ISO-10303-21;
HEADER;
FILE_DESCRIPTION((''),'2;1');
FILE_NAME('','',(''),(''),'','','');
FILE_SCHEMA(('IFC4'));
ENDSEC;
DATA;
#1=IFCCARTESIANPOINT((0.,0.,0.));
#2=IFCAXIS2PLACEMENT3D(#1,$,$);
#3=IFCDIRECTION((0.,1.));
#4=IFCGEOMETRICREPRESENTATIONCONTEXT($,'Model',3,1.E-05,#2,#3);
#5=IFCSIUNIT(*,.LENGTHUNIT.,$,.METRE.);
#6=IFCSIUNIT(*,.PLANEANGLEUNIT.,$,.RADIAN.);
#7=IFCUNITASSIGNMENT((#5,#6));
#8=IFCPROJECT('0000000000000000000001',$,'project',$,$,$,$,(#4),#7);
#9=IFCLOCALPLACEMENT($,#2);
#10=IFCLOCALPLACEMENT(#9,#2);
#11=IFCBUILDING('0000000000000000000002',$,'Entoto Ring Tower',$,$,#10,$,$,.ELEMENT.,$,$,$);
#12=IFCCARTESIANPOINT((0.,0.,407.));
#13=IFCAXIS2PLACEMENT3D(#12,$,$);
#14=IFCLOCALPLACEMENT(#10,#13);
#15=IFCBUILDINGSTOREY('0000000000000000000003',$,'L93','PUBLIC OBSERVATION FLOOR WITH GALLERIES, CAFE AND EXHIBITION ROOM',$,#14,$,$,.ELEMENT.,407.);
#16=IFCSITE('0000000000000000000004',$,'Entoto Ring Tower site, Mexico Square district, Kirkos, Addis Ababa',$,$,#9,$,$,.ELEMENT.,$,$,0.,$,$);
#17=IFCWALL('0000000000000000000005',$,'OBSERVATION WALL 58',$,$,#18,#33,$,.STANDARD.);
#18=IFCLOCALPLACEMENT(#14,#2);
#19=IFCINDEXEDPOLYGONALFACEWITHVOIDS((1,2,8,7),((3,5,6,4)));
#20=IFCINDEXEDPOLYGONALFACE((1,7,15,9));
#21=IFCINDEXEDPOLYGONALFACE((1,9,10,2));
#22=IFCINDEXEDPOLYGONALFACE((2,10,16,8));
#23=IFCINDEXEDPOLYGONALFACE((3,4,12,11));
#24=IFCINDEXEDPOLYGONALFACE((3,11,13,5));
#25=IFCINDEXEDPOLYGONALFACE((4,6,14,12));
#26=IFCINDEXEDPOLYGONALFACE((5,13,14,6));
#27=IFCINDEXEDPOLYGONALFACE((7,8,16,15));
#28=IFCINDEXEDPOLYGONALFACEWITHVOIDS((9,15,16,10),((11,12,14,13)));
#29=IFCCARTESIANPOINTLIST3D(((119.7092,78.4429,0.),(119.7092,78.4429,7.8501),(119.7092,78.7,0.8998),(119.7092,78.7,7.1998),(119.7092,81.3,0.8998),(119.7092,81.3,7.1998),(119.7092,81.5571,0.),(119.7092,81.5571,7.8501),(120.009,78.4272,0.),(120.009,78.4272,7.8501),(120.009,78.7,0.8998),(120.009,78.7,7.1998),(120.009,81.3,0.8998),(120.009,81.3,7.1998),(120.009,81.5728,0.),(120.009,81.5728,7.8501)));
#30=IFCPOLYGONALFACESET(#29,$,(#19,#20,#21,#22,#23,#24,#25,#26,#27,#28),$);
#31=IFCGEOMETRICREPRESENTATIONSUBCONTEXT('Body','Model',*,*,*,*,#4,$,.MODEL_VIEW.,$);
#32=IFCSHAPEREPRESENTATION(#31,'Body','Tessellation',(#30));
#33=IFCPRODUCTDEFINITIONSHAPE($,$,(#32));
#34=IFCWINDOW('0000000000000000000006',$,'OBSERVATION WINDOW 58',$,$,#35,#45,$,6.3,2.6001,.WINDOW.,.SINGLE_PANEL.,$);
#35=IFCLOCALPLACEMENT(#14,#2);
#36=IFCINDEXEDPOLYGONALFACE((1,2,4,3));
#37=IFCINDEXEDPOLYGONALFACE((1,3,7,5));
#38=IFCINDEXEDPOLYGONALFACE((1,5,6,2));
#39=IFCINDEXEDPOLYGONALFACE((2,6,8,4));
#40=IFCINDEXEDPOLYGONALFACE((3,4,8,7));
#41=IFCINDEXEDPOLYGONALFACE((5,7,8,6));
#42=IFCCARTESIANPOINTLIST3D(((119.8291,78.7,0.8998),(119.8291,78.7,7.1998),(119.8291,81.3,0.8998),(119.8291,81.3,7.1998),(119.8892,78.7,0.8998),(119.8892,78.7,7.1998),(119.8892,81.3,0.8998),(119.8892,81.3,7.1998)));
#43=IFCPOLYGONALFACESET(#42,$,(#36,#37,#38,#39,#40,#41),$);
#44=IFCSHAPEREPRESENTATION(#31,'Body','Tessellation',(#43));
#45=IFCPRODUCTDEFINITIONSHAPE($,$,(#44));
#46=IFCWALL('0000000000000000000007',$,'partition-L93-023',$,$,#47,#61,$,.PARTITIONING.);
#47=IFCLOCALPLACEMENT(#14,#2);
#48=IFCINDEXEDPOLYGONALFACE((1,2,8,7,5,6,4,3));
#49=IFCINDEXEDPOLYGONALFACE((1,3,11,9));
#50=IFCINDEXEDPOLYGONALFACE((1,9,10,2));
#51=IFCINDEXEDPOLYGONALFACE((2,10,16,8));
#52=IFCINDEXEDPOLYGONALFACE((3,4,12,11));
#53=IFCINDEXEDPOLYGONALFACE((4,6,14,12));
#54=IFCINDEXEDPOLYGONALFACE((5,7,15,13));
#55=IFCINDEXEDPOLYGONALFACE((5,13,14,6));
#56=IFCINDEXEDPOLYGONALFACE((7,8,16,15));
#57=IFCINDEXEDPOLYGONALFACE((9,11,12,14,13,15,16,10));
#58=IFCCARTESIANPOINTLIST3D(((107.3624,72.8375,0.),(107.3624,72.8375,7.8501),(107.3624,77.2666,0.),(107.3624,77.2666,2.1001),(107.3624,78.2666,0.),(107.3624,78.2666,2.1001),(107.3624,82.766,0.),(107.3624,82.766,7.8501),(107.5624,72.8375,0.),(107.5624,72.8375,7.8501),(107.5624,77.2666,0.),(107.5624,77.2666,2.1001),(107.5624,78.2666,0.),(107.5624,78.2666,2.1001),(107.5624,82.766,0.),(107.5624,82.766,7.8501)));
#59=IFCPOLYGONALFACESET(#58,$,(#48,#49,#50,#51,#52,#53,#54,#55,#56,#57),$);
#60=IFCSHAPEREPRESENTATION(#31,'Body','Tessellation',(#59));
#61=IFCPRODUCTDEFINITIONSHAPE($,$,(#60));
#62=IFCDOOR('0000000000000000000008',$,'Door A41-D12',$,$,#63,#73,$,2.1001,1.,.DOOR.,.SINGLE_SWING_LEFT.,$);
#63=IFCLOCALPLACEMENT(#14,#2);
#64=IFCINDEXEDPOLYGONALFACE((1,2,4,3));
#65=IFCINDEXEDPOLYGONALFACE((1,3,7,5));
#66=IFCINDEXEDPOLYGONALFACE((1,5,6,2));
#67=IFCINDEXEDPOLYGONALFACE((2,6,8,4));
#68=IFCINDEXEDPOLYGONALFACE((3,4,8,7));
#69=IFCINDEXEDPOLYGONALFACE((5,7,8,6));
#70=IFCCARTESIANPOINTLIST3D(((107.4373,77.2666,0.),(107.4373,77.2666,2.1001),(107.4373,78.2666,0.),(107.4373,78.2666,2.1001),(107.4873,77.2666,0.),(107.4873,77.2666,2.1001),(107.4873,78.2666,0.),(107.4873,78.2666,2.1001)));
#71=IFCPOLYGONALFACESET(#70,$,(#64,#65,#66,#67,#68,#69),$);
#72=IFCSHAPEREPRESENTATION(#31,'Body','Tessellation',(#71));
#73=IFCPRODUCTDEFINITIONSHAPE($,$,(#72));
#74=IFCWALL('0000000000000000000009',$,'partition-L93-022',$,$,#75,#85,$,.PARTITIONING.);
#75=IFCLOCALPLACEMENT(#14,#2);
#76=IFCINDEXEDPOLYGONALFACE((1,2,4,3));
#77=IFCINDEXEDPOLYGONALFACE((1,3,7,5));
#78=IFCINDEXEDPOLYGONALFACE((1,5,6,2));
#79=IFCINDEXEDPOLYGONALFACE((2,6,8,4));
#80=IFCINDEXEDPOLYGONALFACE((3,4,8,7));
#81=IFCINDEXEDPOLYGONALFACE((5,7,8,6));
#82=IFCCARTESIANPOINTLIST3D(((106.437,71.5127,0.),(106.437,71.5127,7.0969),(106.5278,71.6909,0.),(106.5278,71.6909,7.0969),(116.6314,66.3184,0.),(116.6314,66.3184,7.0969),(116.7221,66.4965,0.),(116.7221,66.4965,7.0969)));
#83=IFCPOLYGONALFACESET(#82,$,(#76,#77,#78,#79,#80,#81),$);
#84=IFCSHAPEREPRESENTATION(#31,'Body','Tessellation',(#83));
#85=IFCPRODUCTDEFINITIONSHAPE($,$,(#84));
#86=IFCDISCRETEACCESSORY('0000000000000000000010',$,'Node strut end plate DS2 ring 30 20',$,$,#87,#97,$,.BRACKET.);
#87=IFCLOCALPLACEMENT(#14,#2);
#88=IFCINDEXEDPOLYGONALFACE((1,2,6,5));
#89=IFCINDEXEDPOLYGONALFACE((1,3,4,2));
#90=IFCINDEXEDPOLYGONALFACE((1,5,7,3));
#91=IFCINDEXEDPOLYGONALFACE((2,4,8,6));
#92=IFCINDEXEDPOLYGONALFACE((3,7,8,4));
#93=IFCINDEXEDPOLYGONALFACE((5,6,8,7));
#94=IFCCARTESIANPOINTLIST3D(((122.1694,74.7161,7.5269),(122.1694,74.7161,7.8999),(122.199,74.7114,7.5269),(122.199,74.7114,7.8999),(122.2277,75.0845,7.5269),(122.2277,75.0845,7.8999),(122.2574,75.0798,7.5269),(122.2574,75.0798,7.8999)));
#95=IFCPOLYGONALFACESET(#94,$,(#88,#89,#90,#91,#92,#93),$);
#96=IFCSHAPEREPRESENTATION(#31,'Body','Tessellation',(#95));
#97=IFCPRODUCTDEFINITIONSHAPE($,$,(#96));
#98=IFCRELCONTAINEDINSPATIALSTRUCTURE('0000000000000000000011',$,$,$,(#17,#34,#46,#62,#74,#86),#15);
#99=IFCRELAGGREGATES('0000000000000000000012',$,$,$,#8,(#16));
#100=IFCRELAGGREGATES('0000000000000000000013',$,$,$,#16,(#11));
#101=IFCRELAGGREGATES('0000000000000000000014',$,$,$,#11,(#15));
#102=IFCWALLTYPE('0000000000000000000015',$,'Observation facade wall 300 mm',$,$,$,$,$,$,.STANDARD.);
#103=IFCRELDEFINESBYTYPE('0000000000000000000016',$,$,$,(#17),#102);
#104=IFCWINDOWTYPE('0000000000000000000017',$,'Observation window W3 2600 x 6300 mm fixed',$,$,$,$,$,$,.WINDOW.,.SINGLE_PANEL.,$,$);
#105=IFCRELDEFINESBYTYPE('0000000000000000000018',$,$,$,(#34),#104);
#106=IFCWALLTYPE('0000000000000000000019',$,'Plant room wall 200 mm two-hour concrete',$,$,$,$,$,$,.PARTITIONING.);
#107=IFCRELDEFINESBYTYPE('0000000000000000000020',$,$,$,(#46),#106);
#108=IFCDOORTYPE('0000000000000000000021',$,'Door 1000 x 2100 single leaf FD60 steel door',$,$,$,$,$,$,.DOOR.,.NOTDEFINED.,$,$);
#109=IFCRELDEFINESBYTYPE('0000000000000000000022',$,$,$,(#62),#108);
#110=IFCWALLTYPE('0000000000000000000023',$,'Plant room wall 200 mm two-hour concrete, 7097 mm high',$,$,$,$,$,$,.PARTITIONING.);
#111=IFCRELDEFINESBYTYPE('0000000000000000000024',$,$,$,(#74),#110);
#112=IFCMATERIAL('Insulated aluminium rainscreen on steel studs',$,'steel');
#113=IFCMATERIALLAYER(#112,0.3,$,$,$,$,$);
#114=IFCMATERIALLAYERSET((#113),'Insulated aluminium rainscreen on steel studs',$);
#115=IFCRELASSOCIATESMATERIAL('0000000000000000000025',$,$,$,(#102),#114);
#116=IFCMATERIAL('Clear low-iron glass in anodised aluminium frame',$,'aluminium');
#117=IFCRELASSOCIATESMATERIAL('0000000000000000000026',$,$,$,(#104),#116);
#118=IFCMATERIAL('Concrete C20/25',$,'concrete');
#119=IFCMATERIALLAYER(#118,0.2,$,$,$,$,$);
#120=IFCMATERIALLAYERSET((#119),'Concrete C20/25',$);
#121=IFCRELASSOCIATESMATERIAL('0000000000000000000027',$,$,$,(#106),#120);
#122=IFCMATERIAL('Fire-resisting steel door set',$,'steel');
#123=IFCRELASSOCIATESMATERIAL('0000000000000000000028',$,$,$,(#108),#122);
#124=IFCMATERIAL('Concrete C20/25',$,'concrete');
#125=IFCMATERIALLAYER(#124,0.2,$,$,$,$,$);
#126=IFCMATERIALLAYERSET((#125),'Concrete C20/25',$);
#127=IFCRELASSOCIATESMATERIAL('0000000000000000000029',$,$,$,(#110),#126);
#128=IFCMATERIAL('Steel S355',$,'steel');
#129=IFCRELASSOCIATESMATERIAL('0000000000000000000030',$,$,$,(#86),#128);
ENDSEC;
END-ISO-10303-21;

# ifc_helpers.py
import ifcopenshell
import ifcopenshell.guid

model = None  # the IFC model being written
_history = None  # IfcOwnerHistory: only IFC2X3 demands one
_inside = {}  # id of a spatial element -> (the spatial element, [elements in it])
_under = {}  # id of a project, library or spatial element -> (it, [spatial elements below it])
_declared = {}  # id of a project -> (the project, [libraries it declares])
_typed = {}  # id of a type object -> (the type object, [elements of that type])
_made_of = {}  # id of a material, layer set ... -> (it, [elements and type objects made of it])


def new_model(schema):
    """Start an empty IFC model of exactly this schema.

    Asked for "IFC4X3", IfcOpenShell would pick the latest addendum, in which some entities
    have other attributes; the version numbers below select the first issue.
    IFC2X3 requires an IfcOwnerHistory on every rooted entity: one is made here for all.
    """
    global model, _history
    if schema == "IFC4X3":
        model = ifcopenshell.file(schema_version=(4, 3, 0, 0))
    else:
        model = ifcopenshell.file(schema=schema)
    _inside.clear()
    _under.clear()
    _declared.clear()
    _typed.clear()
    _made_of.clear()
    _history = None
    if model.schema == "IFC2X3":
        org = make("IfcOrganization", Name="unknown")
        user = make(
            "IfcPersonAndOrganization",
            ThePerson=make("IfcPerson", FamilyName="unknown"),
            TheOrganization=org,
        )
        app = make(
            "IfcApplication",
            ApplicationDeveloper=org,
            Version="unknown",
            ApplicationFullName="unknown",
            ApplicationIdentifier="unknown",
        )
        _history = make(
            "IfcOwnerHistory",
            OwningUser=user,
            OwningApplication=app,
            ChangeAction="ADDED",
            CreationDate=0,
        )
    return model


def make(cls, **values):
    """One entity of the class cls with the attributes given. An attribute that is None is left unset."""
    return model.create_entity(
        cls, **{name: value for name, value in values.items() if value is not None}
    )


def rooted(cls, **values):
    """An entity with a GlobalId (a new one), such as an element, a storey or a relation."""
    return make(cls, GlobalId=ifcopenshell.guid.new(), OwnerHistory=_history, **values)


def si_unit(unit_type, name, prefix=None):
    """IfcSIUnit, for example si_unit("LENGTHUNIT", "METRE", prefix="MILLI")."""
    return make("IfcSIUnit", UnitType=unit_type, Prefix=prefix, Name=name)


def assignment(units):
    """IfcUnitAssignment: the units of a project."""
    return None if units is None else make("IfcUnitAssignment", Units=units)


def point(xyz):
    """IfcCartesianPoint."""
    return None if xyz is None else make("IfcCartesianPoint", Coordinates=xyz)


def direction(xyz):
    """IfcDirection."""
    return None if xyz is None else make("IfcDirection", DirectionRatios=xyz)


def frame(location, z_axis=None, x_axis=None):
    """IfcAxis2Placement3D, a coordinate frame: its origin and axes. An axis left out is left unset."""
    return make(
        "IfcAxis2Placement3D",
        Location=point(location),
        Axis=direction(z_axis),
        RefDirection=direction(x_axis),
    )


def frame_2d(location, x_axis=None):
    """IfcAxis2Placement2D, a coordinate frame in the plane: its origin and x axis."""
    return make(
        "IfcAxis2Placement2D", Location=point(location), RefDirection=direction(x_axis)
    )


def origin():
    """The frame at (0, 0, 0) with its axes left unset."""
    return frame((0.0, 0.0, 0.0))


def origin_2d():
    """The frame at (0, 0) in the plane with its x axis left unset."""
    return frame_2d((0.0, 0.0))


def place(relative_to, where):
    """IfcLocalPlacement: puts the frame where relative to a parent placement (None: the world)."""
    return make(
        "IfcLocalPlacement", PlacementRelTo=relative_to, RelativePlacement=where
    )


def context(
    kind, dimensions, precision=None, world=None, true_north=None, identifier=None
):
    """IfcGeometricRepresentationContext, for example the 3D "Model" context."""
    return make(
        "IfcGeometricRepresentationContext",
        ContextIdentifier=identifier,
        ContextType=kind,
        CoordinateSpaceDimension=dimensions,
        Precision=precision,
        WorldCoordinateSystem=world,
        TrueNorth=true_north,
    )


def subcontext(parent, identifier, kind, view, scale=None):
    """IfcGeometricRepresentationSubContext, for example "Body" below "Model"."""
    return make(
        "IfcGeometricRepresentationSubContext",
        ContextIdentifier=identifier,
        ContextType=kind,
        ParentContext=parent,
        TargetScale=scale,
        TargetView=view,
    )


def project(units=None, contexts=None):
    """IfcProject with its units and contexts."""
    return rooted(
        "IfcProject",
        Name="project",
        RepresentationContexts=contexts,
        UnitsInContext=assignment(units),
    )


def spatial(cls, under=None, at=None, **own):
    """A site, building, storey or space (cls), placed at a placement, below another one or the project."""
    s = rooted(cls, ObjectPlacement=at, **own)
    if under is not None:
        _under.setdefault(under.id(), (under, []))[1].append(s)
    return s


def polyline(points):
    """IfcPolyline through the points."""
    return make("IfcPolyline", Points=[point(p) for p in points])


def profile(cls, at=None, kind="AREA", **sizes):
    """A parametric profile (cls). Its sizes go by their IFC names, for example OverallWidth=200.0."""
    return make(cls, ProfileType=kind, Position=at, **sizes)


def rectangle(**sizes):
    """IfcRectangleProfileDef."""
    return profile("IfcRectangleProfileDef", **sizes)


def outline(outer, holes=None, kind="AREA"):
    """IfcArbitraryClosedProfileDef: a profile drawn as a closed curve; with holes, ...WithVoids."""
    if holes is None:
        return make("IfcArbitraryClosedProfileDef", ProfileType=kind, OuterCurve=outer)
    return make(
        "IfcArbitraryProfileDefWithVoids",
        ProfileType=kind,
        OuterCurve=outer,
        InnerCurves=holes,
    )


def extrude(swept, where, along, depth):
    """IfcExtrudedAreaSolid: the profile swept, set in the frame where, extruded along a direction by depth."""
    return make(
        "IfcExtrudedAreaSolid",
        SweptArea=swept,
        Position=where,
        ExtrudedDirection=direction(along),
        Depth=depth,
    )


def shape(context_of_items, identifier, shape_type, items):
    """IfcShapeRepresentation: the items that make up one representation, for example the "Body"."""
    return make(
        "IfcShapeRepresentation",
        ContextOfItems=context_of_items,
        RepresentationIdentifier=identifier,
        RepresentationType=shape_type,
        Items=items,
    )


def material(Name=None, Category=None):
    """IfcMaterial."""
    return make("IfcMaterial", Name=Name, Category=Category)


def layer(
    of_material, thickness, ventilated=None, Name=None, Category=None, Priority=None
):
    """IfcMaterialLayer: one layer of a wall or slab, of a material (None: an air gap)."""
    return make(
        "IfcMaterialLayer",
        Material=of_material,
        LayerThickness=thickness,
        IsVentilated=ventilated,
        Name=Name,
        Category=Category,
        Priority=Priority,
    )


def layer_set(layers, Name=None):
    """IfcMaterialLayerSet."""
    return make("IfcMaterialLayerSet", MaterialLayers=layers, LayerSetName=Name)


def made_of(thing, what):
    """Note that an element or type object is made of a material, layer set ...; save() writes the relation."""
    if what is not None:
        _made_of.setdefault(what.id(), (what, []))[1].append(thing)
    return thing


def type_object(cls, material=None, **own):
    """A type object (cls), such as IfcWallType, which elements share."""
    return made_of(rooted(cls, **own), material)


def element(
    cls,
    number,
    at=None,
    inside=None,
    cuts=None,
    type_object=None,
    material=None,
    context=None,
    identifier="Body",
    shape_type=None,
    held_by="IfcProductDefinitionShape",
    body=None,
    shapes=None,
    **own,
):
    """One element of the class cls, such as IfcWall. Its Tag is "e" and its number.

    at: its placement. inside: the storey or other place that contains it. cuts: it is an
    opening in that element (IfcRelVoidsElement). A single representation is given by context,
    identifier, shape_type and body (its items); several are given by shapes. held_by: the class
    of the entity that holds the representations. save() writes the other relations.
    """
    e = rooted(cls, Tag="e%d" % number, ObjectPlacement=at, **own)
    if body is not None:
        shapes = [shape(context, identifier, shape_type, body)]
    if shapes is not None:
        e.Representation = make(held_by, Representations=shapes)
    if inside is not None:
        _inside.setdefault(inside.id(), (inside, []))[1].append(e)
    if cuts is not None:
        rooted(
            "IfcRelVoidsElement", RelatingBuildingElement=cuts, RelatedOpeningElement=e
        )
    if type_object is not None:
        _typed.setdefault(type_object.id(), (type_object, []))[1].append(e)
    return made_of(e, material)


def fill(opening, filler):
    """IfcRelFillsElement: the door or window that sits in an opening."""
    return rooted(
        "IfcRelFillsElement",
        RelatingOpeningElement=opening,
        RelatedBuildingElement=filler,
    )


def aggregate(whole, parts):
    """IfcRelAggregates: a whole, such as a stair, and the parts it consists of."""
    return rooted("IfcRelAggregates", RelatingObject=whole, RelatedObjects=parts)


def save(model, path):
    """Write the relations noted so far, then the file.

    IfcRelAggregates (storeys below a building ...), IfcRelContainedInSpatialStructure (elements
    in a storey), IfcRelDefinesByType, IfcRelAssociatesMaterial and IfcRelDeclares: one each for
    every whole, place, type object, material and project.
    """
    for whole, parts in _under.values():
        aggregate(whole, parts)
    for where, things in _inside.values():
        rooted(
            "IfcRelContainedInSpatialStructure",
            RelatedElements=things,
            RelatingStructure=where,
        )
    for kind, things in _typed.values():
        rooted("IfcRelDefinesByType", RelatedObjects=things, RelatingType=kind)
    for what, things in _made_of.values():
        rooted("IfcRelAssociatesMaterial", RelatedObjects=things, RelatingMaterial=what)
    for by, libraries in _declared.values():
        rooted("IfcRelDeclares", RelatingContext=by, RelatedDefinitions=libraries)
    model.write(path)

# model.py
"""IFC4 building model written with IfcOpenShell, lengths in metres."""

from ifc_helpers import new_model, si_unit, direction, frame, frame_2d, origin, origin_2d, place, context, subcontext, project, spatial, polyline, rectangle, outline, extrude, material, layer, layer_set, type_object, element, fill, save


model = new_model("IFC4")

# Units and contexts
model_context = context("Model", 3, precision=1e-05, world=origin(), true_north=direction((0.0, 1.0)))
body_context = subcontext(model_context, "Body", "Model", "MODEL_VIEW")
ifc_project = project(units=[si_unit("LENGTHUNIT", "METRE"), si_unit("PLANEANGLEUNIT", "RADIAN")], contexts=[model_context])

# Site, building, storey
site_placement = place(None, origin())
site = spatial("IfcSite", under=ifc_project, at=site_placement, Name="Entoto Ring Tower site, Mexico Square district, Kirkos, Addis Ababa", CompositionType="ELEMENT", RefElevation=0.0)
building_placement = place(site_placement, origin())
building = spatial("IfcBuilding", under=site, at=building_placement, Name="Entoto Ring Tower", CompositionType="ELEMENT")
storey_placement = place(building_placement, frame((0.0, 0.0, 407.0)))
storey = spatial("IfcBuildingStorey", under=building, at=storey_placement, Name="L93", Description="PUBLIC OBSERVATION FLOOR WITH GALLERIES, CAFE AND EXHIBITION ROOM", CompositionType="ELEMENT", Elevation=407.0)

# Wall, opening, window
ifc_material_1 = material(Name="Insulated aluminium rainscreen on steel studs", Category="steel")
ifc_layer_1 = layer(ifc_material_1, 0.3)
ifc_layer_set_1 = layer_set([ifc_layer_1], Name="Insulated aluminium rainscreen on steel studs")
wall_type_1 = type_object("IfcWallType", Name="Observation facade wall 300 mm", PredefinedType="STANDARD", material=ifc_layer_set_1)
wall_1_placement = place(storey_placement, frame((119.8591, 78.4351, 0.0), z_axis=(0.0, 0.0, 1.0), x_axis=(0.0, 1.0, 0.0)))
wall_1 = element("IfcWall", 1, at=wall_1_placement, inside=storey, type_object=wall_type_1, Name="OBSERVATION WALL 58", PredefinedType="STANDARD", context=body_context, shape_type="SweptSolid", body=[
    extrude(outline(polyline([(-0.0078, -0.1499), (3.1377, -0.1499), (3.1221, 0.1499), (0.0078, 0.1499), (-0.0078, -0.1499)])), origin(), (0.0, 0.0, 1.0), 7.8501),
])
opening_1_placement = place(wall_1_placement, frame((0.2649, 0.0, 0.8999)))
opening_1 = element("IfcOpeningElement", 2, at=opening_1_placement, cuts=wall_1, PredefinedType="OPENING", context=body_context, shape_type="SweptSolid", body=[
    extrude(rectangle(XDim=2.6001, YDim=6.3, at=frame_2d((1.3, 3.1499))), frame((0.0, 0.1602, 0.0), z_axis=(0.0, -1.0, 0.0), x_axis=(1.0, 0.0, 0.0)), (0.0, 0.0, 1.0), 0.3201),
])
ifc_material_2 = material(Name="Clear low-iron glass in anodised aluminium frame", Category="aluminium")
window_type_1 = type_object("IfcWindowType", Name="Observation window W3 2600 x 6300 mm fixed", PartitioningType="SINGLE_PANEL", PredefinedType="WINDOW", material=ifc_material_2)
window_1_placement = place(opening_1_placement, origin())
window_1 = element("IfcWindow", 3, at=window_1_placement, inside=storey, type_object=window_type_1, Name="OBSERVATION WINDOW 58", OverallHeight=6.3, OverallWidth=2.6001, PartitioningType="SINGLE_PANEL", PredefinedType="WINDOW", context=body_context, shape_type="SweptSolid", body=[
    extrude(rectangle(XDim=2.6001, YDim=6.3, at=frame_2d((1.3, 3.1499))), frame((0.0, 0.03, 0.0), z_axis=(0.0, -1.0, 0.0), x_axis=(1.0, 0.0, 0.0)), (0.0, 0.0, 1.0), 0.0601),
])
fill(opening_1, window_1)

# Wall, opening, door
ifc_material_3 = material(Name="Concrete C20/25", Category="concrete")
ifc_layer_2 = layer(ifc_material_3, 0.2)
ifc_layer_set_2 = layer_set([ifc_layer_2], Name="Concrete C20/25")
wall_type_2 = type_object("IfcWallType", Name="Plant room wall 200 mm two-hour concrete", PredefinedType="PARTITIONING", material=ifc_layer_set_2)
wall_2_placement = place(storey_placement, frame((107.4624, 72.8374, 0.0), z_axis=(0.0, 0.0, 1.0), x_axis=(0.0, 1.0, 0.0)))
wall_2 = element("IfcWall", 4, at=wall_2_placement, inside=storey, type_object=wall_type_2, Name="partition-L93-023", PredefinedType="PARTITIONING", context=body_context, shape_type="SweptSolid", body=[
    extrude(rectangle(XDim=9.9285, YDim=0.2, at=frame_2d((4.9644, 0.0))), origin(), (0.0, 0.0, 1.0), 7.8501),
])
opening_2_placement = place(wall_2_placement, frame((4.4292, 0.0, 0.0)))
opening_2 = element("IfcOpeningElement", 5, at=opening_2_placement, cuts=wall_2, PredefinedType="OPENING", context=body_context, shape_type="SweptSolid", body=[
    extrude(rectangle(XDim=1.0, YDim=2.1001, at=frame_2d((0.5, 1.05))), frame((0.0, 0.1099, 0.0), z_axis=(0.0, -1.0, 0.0), x_axis=(1.0, 0.0, 0.0)), (0.0, 0.0, 1.0), 0.22),
])
ifc_material_4 = material(Name="Fire-resisting steel door set", Category="steel")
door_type_1 = type_object("IfcDoorType", Name="Door 1000 x 2100 single leaf FD60 steel door", OperationType="NOTDEFINED", PredefinedType="DOOR", material=ifc_material_4)
door_1_placement = place(opening_2_placement, frame((1.0, 0.0, 0.0), z_axis=(0.0, 0.0, 1.0), x_axis=(-1.0, 0.0, 0.0)))
door_1 = element("IfcDoor", 6, at=door_1_placement, inside=storey, type_object=door_type_1, Name="Door A41-D12", OperationType="SINGLE_SWING_LEFT", OverallHeight=2.1001, OverallWidth=1.0, PredefinedType="DOOR", context=body_context, shape_type="SweptSolid", body=[
    extrude(rectangle(XDim=1.0, YDim=2.1001, at=frame_2d((0.5, 1.05))), frame((0.0, 0.0249, 0.0), z_axis=(0.0, -1.0, 0.0), x_axis=(1.0, 0.0, 0.0)), (0.0, 0.0, 1.0), 0.05),
])
fill(opening_2, door_1)

# Wall
ifc_material_5 = material(Name="Concrete C20/25", Category="concrete")
ifc_layer_3 = layer(ifc_material_5, 0.2)
ifc_layer_set_3 = layer_set([ifc_layer_3], Name="Concrete C20/25")
wall_type_3 = type_object("IfcWallType", Name="Plant room wall 200 mm two-hour concrete, 7097 mm high", PredefinedType="PARTITIONING", material=ifc_layer_set_3)
wall_3_placement = place(storey_placement, frame((116.6768, 66.4075, 0.0), z_axis=(0.0, 0.0, 1.0), x_axis=(-0.891004, 0.453995, 0.0)))
element("IfcWall", 7, at=wall_3_placement, inside=storey, type_object=wall_type_3, Name="partition-L93-022", PredefinedType="PARTITIONING", context=body_context, shape_type="SweptSolid", body=[
    extrude(rectangle(XDim=11.4414, YDim=0.2, at=frame_2d((5.7207, 0.0))), origin(), (0.0, 0.0, 1.0), 7.0969),
])

# Discrete accessory
ifc_material_6 = material(Name="Steel S355", Category="steel")
discrete_accessory_placement = place(storey_placement, frame((122.2134, 74.8979, 7.5269), z_axis=(0.0, 0.0, 1.0), x_axis=(0.987688, -0.156434, 0.0)))
element("IfcDiscreteAccessory", 8, at=discrete_accessory_placement, inside=storey, material=ifc_material_6, Name="Node strut end plate DS2 ring 30 20", PredefinedType="BRACKET", context=body_context, shape_type="SweptSolid", body=[
    extrude(rectangle(XDim=0.03, YDim=0.373, at=origin_2d()), origin(), (0.0, 0.0, 1.0), 0.373),
])

save(model, "model.ifc")
